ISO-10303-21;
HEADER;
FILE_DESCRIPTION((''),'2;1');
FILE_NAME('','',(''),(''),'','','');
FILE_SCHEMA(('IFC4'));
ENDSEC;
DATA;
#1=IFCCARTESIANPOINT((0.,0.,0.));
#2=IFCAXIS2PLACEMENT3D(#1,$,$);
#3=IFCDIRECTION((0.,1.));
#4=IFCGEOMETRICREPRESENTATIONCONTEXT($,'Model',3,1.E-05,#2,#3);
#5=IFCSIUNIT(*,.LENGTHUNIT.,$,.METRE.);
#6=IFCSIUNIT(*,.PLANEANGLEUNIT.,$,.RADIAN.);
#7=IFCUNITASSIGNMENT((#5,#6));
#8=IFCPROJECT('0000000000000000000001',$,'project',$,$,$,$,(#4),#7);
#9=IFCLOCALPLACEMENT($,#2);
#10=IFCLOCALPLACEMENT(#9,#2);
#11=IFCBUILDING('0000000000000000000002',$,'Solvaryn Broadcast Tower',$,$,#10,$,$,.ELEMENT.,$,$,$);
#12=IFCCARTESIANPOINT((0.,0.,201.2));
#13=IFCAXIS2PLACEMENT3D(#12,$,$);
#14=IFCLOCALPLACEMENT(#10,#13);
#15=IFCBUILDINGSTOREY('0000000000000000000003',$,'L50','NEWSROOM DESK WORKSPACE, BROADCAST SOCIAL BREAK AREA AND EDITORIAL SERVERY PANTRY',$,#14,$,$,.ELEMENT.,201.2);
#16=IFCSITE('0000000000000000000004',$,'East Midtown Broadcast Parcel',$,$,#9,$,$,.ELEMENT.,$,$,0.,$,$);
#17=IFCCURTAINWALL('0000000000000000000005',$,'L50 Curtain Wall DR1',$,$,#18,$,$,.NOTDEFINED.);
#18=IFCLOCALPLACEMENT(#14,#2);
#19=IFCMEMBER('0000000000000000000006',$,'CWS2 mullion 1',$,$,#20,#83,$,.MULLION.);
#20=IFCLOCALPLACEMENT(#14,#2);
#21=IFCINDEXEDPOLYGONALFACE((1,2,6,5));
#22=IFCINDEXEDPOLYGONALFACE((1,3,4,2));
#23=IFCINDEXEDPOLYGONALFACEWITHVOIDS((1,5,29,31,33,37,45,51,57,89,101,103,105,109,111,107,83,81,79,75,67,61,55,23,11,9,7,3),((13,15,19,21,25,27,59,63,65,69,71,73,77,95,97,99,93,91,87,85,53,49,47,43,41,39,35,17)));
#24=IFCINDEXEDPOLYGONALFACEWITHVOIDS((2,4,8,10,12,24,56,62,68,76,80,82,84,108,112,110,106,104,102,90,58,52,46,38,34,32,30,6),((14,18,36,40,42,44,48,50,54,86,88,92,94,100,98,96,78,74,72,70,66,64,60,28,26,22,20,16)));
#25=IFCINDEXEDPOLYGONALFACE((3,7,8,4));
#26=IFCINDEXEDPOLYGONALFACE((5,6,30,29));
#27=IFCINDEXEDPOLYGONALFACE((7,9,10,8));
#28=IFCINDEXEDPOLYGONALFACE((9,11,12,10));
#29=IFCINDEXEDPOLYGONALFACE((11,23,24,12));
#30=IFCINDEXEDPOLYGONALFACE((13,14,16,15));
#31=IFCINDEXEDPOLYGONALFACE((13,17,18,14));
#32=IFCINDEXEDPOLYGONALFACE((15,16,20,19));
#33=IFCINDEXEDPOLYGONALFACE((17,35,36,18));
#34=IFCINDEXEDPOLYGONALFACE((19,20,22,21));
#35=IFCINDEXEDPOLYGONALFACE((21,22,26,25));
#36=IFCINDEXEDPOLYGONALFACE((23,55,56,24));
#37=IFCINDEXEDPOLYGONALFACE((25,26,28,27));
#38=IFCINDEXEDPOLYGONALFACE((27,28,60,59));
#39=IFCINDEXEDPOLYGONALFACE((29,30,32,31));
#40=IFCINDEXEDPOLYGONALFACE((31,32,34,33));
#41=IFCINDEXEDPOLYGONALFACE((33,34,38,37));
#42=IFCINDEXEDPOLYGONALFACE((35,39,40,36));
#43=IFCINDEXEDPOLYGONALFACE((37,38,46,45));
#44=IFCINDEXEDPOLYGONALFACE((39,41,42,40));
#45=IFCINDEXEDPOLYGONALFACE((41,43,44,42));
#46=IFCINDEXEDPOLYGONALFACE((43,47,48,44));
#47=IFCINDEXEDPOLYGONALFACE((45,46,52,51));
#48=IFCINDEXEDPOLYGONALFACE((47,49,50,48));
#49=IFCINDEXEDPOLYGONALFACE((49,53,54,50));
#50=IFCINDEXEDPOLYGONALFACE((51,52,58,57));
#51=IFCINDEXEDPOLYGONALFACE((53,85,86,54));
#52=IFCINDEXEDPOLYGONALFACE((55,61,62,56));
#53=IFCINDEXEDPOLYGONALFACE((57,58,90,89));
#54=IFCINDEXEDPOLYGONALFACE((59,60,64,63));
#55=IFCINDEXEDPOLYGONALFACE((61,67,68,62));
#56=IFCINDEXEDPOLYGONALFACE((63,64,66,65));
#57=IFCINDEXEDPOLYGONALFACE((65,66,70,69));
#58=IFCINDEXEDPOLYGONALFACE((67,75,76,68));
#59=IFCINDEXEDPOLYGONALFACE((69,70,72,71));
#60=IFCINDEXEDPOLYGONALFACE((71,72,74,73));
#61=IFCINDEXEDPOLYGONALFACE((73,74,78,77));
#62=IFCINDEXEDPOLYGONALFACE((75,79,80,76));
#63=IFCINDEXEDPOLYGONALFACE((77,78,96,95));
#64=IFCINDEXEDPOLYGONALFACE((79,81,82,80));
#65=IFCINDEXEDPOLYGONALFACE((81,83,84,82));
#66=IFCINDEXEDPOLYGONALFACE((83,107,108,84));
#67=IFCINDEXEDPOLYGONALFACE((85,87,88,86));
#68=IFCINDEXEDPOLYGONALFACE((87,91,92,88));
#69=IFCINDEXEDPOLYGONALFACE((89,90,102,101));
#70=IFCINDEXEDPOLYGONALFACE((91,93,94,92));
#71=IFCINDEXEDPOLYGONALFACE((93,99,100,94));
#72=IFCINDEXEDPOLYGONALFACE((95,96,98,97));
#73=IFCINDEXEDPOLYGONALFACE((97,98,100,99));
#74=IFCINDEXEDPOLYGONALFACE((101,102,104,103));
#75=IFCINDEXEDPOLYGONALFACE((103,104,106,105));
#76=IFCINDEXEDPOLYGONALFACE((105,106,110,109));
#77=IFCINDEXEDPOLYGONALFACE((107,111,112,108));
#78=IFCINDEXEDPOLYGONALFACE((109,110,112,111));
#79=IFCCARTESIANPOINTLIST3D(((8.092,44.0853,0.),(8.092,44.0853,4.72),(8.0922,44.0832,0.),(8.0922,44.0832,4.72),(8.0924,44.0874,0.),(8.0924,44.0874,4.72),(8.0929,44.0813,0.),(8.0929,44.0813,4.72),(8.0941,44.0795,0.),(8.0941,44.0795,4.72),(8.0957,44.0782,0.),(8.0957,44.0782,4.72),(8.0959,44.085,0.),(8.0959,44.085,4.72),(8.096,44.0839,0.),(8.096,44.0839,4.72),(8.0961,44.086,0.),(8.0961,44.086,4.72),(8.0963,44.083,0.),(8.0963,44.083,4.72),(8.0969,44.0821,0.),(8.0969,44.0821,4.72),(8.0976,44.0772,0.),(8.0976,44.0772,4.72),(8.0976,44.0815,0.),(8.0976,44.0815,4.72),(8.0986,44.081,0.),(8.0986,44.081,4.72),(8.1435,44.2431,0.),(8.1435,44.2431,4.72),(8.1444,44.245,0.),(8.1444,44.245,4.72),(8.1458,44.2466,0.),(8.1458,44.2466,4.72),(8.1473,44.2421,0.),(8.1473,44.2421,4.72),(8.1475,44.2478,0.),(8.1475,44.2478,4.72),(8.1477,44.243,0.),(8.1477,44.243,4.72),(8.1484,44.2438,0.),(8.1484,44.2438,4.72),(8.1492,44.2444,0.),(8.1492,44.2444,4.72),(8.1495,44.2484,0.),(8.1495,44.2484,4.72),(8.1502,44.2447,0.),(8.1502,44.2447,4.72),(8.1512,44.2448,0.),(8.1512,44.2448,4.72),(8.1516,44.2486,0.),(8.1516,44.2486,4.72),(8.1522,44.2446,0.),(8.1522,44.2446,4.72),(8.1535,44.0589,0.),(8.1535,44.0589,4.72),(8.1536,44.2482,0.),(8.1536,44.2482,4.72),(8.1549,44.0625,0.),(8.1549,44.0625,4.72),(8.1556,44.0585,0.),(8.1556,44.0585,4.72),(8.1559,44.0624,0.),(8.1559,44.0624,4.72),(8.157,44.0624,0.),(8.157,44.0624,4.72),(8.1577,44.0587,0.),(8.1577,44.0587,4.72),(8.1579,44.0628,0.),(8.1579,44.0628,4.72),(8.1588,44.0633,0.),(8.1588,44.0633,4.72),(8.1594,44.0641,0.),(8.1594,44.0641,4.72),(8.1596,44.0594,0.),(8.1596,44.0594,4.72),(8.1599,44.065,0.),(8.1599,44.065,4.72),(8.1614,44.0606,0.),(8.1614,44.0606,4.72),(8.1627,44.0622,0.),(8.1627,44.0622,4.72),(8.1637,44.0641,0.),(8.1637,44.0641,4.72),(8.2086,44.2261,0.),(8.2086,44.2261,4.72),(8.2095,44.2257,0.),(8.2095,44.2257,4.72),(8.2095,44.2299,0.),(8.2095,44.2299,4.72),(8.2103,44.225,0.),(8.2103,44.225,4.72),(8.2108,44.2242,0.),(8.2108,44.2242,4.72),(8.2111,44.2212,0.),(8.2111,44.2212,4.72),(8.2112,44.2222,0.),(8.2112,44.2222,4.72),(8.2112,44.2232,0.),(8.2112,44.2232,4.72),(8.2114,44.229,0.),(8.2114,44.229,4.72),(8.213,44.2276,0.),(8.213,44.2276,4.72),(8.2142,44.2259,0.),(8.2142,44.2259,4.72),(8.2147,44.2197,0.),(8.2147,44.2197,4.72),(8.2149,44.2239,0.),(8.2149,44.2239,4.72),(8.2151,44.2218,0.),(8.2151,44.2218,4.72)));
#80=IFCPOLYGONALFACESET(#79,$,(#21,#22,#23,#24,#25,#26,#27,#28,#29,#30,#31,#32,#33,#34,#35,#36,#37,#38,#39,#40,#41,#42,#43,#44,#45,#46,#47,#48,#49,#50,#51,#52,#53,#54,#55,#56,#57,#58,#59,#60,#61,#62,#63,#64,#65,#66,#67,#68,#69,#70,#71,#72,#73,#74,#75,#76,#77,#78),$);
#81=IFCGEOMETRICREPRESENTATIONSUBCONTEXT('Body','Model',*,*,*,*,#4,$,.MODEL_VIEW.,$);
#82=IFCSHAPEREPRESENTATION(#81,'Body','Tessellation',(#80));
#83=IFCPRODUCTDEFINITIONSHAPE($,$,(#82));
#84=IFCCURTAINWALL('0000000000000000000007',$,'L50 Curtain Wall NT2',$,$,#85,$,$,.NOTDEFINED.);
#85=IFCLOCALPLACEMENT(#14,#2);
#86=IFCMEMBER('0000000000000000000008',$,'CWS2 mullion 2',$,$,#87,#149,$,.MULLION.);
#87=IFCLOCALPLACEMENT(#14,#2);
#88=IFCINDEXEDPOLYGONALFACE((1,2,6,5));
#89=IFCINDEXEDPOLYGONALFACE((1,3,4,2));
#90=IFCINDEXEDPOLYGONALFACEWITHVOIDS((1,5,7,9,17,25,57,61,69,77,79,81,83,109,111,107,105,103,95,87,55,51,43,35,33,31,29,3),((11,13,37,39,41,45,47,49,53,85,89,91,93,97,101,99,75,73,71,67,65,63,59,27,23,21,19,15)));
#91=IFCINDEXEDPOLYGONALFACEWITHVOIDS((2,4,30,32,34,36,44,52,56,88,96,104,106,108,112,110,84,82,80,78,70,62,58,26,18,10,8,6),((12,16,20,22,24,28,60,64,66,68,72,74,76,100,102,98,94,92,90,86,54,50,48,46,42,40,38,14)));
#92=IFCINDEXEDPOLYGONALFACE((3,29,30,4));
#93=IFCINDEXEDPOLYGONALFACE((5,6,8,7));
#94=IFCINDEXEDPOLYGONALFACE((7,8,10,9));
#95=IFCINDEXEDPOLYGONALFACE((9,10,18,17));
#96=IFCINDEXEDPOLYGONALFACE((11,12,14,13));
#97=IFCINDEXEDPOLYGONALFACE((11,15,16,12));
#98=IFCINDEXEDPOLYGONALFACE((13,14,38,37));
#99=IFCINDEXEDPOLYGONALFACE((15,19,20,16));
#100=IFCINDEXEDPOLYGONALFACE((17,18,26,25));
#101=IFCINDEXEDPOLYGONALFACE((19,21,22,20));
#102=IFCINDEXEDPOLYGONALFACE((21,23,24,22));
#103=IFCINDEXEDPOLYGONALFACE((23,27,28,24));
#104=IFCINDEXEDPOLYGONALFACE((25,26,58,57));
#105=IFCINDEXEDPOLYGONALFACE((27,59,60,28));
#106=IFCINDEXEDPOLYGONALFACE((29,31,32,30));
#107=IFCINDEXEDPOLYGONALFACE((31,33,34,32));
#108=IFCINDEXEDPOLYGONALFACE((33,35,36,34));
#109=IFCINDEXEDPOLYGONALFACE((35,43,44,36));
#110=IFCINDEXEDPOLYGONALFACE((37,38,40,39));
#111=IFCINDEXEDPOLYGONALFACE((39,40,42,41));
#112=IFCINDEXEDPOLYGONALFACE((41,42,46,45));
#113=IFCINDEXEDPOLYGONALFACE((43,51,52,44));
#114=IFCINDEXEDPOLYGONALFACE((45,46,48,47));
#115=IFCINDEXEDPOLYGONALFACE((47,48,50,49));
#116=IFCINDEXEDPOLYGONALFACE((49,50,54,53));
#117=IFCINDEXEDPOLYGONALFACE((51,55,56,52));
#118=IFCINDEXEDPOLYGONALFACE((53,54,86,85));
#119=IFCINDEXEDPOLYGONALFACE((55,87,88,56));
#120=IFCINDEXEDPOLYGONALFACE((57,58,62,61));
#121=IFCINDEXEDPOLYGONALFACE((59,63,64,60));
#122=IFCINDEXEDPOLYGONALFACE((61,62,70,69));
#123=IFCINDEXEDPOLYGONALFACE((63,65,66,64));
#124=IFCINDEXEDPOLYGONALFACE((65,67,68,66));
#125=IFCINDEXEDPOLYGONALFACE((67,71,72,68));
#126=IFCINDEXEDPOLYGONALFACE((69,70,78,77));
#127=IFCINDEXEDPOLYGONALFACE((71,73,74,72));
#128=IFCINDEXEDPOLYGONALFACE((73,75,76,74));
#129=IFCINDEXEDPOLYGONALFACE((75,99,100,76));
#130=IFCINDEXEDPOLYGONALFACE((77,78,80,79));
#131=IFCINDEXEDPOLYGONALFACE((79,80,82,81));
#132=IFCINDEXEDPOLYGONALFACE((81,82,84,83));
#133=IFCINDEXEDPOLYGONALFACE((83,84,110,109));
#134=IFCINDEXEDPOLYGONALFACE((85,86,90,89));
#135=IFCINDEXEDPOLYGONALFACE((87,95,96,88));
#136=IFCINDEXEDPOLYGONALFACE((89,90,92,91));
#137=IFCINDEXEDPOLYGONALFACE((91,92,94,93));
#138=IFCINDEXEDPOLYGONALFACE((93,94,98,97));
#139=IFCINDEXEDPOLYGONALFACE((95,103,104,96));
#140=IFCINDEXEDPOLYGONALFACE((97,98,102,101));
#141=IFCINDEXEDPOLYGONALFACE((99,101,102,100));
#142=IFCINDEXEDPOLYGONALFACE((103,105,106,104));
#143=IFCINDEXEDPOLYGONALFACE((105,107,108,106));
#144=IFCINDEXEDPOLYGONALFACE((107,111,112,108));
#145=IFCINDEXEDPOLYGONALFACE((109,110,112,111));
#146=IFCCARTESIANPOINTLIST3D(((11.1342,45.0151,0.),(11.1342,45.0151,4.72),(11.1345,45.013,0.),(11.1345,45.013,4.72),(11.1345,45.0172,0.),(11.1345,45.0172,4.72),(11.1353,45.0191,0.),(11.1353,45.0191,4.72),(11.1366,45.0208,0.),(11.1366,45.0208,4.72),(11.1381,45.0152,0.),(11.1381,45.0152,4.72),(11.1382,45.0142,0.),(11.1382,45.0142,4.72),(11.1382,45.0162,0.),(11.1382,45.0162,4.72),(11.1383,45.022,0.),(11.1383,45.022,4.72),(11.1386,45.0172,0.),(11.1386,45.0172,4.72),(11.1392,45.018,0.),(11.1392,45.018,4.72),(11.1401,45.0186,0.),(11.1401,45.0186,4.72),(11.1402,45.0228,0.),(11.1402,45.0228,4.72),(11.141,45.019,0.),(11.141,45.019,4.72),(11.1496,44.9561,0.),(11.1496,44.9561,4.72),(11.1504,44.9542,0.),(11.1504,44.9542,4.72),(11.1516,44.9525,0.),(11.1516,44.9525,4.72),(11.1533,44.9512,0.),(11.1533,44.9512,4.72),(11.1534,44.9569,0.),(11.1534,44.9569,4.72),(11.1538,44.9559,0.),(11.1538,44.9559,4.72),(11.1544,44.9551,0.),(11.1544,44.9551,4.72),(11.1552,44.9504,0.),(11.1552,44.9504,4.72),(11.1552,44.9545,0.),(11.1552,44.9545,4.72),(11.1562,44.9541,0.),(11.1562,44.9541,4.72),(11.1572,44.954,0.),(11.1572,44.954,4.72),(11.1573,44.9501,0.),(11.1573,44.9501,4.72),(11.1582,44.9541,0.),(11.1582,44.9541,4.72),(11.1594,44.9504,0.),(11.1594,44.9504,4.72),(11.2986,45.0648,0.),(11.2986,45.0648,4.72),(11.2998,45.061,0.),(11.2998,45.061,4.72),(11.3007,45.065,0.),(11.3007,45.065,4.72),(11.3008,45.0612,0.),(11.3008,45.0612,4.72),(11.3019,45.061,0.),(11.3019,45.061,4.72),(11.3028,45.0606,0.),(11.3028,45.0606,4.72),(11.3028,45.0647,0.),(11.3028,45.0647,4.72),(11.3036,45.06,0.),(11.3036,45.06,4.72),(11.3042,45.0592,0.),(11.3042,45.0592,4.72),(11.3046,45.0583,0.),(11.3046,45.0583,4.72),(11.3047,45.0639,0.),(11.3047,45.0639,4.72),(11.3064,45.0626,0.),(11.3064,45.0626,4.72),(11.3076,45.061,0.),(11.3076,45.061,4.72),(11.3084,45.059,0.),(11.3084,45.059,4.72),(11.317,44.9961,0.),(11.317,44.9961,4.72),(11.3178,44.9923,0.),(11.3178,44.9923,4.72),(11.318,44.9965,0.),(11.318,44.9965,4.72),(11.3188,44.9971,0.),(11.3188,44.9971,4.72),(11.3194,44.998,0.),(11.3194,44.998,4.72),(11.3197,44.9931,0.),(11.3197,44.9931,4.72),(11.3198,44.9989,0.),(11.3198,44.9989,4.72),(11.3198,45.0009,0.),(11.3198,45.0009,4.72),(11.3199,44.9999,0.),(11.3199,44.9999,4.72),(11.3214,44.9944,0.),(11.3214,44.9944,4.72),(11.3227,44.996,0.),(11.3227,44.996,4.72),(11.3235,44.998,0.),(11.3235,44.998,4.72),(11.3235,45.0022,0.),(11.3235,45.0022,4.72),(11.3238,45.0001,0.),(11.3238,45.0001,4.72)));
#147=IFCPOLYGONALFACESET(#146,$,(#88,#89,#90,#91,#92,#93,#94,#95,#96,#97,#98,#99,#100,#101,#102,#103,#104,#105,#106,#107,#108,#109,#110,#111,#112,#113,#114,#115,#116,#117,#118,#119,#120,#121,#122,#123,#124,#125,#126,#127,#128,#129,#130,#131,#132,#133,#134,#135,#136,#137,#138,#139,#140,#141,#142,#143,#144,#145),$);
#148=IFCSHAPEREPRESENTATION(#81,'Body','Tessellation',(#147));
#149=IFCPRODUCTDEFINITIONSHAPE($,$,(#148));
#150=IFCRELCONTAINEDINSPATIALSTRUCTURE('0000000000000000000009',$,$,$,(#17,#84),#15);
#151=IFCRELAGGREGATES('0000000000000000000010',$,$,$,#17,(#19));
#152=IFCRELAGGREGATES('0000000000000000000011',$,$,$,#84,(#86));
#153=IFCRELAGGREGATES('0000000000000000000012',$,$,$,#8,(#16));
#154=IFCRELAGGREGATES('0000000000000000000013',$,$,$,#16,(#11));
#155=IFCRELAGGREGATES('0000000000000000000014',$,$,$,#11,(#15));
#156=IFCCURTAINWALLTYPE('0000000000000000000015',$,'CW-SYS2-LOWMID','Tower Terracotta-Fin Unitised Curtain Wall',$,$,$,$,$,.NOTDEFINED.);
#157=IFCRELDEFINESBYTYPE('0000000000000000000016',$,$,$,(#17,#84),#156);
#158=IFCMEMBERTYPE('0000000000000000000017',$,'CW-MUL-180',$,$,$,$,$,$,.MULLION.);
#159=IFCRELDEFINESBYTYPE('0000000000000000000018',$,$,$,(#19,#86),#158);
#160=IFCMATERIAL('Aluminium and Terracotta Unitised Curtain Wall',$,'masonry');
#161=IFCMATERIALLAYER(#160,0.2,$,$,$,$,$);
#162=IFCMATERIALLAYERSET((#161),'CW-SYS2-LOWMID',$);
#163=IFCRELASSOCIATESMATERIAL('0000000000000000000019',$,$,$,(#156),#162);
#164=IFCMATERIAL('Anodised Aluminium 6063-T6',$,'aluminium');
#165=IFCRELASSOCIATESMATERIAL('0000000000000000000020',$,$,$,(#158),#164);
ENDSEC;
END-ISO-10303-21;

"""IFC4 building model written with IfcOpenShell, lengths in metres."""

from ifc_helpers import new_model, si_unit, direction, frame, origin, origin_2d, place, context, subcontext, project, spatial, hollow_rectangle, extrude, material, layer, layer_set, material_profile, profile_set, type_object, element, aggregate, save


model = new_model("IFC4")

# Units and contexts
model_context = context("Model", 3, precision=1e-05, world=origin(), true_north=direction((0.0, 1.0)))
body_context = subcontext(model_context, "Body", "Model", "MODEL_VIEW")
ifc_project = project(units=[si_unit("LENGTHUNIT", "METRE"), si_unit("PLANEANGLEUNIT", "RADIAN")], contexts=[model_context])

# Site, building, storey
site_placement = place(None, origin())
site = spatial("IfcSite", under=ifc_project, at=site_placement, Name="East Midtown Broadcast Parcel", CompositionType="ELEMENT", RefElevation=0.0)
building_placement = place(site_placement, origin())
building = spatial("IfcBuilding", under=site, at=building_placement, Name="Solvaryn Broadcast Tower", CompositionType="ELEMENT")
storey_placement = place(building_placement, frame((0.0, 0.0, 201.2)))
storey = spatial("IfcBuildingStorey", under=building, at=storey_placement, Name="L50", Description="NEWSROOM DESK WORKSPACE, BROADCAST SOCIAL BREAK AREA AND EDITORIAL SERVERY PANTRY", CompositionType="ELEMENT", Elevation=201.2)

# Curtain walls, members
ifc_material_1 = material(Name="Aluminium and Terracotta Unitised Curtain Wall", Category="masonry")
ifc_layer_1 = layer(ifc_material_1, 0.2)
ifc_layer_set_1 = layer_set([ifc_layer_1], Name="CW-SYS2-LOWMID")
curtain_wall_type = type_object("IfcCurtainWallType", Name="CW-SYS2-LOWMID", Description="Tower Terracotta-Fin Unitised Curtain Wall", PredefinedType="NOTDEFINED", material=ifc_layer_set_1)
curtain_wall_1_placement = place(storey_placement, origin())
curtain_wall_1 = element("IfcCurtainWall", 1, at=curtain_wall_1_placement, inside=storey, type_object=curtain_wall_type, Name="L50 Curtain Wall DR1", PredefinedType="NOTDEFINED")
ifc_material_2 = material(Name="Anodised Aluminium 6063-T6", Category="aluminium")
ifc_material_profile_1 = material_profile(ifc_material_2, hollow_rectangle(XDim=0.075, YDim=0.1799, WallThickness=0.0039, InnerFilletRadius=0.0039, OuterFilletRadius=0.0081, at=origin_2d()))
ifc_profile_set_1 = profile_set([ifc_material_profile_1], Name="Anodised Aluminium 6063-T6")
member_type_1 = type_object("IfcMemberType", Name="CW-MUL-180", PredefinedType="MULLION", material=ifc_profile_set_1)
member_1_placement = place(storey_placement, frame((8.1536, 44.1536, 0.0), z_axis=(0.0, 0.0, 1.0), x_axis=(0.950227, -0.311559, 0.0)))
member_1 = element("IfcMember", 2, at=member_1_placement, type_object=member_type_1, Name="CWS2 mullion 1", PredefinedType="MULLION", context=body_context, shape_type="SweptSolid", body=[
    extrude(hollow_rectangle(XDim=0.075, YDim=0.1799, WallThickness=0.0039, InnerFilletRadius=0.0039, OuterFilletRadius=0.0081, at=origin_2d()), origin(), (0.0, 0.0, 1.0), 4.72),
])
curtain_wall_2_placement = place(storey_placement, origin())
curtain_wall_2 = element("IfcCurtainWall", 3, at=curtain_wall_2_placement, inside=storey, type_object=curtain_wall_type, Name="L50 Curtain Wall NT2", PredefinedType="NOTDEFINED")
member_2_placement = place(storey_placement, frame((11.229, 45.0076, 0.0), z_axis=(0.0, 0.0, 1.0), x_axis=(0.255893, -0.966705, 0.0)))
member_2 = element("IfcMember", 4, at=member_2_placement, type_object=member_type_1, Name="CWS2 mullion 2", PredefinedType="MULLION", context=body_context, shape_type="SweptSolid", body=[
    extrude(hollow_rectangle(XDim=0.075, YDim=0.1799, WallThickness=0.0039, InnerFilletRadius=0.0039, OuterFilletRadius=0.0081, at=origin_2d()), origin(), (0.0, 0.0, 1.0), 4.72),
])

aggregate(curtain_wall_1, [member_1])

aggregate(curtain_wall_2, [member_2])

save(model, "model.ifc")
